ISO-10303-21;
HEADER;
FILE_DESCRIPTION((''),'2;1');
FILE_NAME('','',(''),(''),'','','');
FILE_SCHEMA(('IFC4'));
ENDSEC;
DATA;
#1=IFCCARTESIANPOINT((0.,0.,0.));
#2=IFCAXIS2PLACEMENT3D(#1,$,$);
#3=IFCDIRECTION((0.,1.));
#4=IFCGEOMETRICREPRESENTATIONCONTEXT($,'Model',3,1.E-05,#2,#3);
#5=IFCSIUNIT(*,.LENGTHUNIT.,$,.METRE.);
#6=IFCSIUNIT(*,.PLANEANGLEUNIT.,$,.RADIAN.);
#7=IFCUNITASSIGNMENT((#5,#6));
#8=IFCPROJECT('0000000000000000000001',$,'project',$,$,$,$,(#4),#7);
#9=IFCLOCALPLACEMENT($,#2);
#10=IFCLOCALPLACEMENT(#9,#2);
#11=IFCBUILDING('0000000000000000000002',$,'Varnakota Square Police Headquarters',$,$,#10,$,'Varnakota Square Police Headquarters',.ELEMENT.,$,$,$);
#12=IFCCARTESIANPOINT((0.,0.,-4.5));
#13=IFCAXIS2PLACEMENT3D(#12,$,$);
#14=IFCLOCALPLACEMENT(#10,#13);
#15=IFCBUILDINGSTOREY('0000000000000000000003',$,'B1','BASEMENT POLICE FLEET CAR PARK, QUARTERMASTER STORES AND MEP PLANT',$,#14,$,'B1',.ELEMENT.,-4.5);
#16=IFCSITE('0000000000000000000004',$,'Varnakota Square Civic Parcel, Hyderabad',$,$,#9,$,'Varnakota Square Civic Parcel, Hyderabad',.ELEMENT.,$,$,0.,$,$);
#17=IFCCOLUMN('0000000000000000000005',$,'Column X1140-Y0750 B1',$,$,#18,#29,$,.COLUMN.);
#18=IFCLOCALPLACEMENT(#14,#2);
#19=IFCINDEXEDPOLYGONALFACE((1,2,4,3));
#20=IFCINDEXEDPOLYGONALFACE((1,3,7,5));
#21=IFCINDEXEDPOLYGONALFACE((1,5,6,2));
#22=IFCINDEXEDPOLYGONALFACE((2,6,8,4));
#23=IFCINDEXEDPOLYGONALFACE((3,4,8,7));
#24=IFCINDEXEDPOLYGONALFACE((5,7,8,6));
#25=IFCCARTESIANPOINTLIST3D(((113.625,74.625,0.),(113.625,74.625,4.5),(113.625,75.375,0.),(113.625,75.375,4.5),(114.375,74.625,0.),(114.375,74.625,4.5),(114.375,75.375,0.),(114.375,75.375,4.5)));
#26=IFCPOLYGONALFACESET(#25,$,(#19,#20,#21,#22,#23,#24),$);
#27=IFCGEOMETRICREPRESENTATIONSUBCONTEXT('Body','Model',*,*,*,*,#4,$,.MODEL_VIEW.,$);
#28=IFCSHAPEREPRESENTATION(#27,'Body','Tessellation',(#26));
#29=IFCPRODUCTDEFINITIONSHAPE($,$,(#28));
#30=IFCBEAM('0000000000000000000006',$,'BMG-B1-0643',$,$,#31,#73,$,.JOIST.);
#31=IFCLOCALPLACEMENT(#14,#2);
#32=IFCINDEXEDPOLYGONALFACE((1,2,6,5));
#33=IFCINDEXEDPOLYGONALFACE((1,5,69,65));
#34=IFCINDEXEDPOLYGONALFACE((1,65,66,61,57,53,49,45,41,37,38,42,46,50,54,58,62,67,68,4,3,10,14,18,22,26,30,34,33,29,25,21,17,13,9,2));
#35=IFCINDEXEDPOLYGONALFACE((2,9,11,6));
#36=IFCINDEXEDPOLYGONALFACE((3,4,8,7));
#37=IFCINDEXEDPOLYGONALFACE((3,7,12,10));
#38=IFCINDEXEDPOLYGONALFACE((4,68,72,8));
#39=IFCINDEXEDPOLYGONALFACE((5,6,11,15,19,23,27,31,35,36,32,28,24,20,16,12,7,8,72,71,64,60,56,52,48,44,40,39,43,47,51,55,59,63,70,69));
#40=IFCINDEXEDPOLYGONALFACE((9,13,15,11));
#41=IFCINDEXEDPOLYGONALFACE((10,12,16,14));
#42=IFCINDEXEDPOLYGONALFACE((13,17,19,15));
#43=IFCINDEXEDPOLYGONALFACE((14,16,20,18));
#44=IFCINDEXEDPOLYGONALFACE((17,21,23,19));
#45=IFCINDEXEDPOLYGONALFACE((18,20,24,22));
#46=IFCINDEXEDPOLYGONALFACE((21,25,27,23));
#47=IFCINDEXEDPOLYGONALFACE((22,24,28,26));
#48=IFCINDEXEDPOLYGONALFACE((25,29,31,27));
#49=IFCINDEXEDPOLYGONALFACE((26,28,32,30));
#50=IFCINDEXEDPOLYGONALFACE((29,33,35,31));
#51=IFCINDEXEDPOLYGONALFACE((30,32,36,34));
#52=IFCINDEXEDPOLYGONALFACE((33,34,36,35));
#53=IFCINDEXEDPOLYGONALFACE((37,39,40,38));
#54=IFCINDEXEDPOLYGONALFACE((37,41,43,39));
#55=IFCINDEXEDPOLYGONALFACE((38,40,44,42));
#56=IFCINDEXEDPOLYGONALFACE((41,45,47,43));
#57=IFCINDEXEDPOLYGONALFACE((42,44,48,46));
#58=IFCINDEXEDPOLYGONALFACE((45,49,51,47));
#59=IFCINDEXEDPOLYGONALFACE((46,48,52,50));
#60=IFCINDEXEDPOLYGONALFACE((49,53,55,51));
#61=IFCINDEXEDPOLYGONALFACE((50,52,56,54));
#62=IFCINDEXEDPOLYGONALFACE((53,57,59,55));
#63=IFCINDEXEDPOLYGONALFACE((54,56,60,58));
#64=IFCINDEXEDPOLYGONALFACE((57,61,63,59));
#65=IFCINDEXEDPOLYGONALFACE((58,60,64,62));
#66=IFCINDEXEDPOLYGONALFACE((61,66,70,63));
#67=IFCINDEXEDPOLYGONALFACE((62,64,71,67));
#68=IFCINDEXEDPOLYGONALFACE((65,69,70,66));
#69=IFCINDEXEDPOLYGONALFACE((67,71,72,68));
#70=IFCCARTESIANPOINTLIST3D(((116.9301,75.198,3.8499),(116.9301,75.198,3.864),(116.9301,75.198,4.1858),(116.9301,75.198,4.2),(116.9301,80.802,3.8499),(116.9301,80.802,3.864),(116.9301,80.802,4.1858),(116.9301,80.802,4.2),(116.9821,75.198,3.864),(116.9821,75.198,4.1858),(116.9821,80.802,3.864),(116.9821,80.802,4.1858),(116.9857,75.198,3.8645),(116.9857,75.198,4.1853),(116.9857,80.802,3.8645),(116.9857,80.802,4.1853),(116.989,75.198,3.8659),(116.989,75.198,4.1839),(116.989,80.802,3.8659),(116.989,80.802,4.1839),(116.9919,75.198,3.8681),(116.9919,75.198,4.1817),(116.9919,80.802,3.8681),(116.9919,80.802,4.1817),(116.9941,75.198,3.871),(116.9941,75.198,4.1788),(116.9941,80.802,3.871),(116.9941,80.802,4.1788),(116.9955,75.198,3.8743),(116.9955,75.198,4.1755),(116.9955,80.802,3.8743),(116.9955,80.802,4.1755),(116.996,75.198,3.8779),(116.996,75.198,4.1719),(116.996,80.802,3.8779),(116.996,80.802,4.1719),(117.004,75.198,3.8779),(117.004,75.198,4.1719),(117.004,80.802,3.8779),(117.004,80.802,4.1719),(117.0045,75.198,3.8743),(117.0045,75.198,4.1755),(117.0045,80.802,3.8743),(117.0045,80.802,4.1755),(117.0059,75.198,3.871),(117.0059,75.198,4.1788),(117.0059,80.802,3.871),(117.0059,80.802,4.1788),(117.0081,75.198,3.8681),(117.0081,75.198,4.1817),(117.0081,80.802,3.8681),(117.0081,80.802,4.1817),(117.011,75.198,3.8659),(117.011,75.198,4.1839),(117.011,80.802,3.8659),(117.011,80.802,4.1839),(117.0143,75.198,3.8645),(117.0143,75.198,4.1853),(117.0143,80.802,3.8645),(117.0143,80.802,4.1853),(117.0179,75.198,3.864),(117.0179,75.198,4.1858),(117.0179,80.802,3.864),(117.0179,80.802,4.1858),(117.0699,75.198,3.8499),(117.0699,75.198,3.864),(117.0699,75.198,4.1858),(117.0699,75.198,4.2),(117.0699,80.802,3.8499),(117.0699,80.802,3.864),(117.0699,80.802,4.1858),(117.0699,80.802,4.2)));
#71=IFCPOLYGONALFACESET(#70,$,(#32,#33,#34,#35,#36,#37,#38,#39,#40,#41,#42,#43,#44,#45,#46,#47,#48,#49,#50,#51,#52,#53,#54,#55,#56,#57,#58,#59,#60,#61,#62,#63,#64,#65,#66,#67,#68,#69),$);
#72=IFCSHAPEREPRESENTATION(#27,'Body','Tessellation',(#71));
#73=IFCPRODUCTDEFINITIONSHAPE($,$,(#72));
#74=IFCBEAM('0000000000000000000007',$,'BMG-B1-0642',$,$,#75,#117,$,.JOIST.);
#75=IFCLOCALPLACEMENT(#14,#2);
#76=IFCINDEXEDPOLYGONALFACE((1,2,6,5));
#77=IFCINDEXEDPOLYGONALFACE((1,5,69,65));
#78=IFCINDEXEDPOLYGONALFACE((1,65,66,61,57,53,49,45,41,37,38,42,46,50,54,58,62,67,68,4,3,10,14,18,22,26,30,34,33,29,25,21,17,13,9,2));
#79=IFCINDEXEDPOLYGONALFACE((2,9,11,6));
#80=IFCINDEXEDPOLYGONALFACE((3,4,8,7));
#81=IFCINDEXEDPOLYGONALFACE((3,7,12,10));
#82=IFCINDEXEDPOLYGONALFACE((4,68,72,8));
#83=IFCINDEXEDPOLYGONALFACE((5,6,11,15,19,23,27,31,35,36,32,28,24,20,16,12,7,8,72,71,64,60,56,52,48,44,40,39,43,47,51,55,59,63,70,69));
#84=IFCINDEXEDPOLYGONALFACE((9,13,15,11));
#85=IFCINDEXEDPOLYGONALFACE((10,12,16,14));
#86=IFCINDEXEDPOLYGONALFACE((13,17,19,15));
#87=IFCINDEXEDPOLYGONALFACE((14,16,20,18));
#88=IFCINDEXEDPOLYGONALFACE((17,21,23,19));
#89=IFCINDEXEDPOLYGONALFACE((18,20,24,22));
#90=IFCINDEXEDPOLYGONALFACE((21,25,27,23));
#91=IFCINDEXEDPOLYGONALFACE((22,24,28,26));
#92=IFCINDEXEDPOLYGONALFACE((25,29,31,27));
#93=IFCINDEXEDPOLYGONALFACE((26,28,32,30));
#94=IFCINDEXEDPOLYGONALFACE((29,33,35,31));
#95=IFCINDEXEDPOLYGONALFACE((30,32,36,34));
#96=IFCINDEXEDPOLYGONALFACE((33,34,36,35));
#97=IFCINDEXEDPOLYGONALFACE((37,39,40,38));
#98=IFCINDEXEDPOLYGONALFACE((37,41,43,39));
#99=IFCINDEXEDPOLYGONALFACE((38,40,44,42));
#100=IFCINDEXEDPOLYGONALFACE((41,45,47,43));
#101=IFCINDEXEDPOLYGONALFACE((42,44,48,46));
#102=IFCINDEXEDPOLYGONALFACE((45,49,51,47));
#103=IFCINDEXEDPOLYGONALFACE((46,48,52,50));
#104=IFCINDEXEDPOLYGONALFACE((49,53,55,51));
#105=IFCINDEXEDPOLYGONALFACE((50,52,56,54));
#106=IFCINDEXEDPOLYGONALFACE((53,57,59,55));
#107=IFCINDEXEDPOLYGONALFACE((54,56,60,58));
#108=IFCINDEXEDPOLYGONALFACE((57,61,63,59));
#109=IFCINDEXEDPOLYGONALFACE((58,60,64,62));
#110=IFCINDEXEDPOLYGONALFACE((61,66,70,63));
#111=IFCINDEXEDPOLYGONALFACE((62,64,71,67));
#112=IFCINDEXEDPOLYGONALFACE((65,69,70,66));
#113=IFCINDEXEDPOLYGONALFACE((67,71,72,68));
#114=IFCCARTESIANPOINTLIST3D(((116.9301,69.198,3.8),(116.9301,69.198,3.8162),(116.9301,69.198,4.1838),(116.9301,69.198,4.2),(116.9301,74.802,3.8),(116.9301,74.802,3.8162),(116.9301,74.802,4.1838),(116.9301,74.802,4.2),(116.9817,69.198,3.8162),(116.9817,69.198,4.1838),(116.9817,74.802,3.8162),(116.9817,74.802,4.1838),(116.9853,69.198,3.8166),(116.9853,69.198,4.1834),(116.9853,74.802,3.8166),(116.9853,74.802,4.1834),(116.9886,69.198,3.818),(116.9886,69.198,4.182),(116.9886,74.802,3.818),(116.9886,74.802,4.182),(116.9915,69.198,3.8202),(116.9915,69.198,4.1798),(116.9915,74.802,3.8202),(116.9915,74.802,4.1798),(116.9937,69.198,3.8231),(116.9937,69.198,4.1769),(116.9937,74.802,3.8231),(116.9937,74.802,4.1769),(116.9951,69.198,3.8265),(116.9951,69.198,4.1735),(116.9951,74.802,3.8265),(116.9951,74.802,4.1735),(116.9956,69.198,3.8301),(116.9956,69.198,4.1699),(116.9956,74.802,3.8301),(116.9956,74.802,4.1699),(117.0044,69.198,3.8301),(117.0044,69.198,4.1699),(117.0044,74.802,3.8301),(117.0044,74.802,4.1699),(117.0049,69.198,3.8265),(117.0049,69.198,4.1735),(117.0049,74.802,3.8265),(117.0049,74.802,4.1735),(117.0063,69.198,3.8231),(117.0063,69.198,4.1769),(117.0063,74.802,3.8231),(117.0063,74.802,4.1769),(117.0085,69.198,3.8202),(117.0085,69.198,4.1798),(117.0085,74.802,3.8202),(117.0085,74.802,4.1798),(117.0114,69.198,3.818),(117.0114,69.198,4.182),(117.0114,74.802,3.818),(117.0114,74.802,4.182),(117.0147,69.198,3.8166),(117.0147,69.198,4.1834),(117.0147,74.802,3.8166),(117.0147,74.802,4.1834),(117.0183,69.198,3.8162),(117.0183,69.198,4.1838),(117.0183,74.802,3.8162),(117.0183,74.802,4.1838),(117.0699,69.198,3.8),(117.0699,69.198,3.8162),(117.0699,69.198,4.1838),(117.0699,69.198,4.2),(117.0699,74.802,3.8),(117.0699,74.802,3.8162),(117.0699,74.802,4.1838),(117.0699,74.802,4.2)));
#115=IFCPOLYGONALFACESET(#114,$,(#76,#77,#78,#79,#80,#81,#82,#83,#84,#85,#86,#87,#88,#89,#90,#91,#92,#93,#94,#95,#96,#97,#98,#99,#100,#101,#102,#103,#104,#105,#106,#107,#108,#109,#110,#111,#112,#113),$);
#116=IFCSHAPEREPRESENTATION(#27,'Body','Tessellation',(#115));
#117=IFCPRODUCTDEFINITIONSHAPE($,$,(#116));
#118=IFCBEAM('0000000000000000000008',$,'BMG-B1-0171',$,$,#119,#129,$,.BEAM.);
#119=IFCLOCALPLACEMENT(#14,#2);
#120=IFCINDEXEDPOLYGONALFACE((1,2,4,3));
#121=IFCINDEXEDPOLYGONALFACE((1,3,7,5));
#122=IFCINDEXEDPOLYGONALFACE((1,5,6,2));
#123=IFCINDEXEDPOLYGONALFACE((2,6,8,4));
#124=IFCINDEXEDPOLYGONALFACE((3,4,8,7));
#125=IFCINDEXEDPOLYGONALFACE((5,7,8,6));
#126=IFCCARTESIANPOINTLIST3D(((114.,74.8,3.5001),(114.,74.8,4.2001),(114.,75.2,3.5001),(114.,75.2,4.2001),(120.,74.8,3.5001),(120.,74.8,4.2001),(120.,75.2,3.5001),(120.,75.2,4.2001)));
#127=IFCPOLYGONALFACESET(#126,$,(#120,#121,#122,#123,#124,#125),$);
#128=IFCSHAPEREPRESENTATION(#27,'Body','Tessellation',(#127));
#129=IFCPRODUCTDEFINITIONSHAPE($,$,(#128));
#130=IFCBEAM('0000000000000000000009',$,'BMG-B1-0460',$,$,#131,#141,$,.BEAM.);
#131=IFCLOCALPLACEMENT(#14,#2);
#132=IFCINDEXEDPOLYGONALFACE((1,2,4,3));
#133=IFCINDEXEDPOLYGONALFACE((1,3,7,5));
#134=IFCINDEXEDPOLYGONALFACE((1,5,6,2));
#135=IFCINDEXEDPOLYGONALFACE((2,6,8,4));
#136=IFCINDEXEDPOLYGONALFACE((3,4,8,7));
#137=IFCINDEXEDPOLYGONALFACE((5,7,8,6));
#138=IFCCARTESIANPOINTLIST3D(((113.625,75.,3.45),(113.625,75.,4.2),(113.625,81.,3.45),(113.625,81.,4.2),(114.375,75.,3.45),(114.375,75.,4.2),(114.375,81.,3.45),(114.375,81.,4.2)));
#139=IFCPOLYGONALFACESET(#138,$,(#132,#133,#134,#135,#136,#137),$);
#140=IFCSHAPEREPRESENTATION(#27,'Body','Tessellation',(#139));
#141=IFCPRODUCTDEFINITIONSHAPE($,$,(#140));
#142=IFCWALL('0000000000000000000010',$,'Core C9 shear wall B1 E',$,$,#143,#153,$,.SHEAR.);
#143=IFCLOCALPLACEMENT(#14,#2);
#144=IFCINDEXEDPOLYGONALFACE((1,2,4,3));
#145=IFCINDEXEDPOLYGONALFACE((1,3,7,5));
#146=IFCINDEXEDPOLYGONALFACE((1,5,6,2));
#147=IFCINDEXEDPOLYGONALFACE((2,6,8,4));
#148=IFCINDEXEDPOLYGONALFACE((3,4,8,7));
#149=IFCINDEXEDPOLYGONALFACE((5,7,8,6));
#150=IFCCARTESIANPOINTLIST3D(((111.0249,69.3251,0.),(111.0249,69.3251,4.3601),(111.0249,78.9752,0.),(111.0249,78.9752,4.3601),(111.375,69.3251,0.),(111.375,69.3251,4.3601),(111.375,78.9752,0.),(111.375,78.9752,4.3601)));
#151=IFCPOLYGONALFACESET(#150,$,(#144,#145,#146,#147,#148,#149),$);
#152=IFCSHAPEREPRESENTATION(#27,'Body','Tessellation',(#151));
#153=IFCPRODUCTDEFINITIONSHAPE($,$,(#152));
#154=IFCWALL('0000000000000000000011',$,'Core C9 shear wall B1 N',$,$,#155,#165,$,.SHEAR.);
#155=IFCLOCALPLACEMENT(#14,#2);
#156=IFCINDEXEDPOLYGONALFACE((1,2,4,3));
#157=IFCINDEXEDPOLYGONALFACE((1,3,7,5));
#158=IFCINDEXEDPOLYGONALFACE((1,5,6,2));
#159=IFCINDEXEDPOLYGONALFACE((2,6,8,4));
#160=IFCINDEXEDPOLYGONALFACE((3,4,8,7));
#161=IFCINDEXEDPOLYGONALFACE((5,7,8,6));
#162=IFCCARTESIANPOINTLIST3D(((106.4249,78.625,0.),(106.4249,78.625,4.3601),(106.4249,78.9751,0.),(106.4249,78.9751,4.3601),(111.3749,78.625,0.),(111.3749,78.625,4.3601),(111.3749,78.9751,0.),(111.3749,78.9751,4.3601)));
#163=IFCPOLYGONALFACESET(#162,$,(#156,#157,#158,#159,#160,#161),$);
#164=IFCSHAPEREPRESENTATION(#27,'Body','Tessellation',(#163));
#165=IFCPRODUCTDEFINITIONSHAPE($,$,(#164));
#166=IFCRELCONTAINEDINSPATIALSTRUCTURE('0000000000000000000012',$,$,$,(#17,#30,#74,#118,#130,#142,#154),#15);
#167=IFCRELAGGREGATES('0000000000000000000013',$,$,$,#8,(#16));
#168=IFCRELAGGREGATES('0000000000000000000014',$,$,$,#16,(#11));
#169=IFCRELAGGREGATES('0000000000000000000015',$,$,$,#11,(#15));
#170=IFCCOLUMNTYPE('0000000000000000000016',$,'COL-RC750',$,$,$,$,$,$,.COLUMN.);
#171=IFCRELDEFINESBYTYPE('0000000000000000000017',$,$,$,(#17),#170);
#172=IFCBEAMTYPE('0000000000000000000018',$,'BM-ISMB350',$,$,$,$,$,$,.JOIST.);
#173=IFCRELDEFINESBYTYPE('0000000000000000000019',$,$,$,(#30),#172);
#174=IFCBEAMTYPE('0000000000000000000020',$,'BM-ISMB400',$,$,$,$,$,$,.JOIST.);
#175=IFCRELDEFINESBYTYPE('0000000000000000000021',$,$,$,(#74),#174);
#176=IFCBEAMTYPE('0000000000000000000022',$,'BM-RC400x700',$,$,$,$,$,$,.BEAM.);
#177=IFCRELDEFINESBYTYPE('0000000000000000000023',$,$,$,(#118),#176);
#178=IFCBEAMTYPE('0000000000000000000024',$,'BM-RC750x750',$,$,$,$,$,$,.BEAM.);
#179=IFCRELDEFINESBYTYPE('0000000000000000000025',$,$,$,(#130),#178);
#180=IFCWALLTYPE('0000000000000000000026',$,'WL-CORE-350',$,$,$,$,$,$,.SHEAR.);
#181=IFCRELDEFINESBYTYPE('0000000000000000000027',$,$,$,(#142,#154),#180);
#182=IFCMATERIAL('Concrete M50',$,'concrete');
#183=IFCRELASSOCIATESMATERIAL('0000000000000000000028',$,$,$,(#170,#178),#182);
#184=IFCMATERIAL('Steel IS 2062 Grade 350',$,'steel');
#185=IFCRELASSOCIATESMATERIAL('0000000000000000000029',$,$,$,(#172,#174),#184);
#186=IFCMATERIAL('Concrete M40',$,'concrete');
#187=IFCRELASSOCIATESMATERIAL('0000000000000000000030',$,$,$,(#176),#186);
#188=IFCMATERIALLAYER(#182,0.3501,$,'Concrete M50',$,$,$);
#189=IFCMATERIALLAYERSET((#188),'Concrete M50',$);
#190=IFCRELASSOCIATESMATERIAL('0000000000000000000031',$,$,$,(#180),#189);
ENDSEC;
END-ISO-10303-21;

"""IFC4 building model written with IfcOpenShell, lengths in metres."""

from ifc_helpers import new_model, si_unit, direction, frame, frame_2d, origin, origin_2d, place, context, subcontext, project, spatial, rectangle, i_section, extrude, material, layer, layer_set, material_profile, profile_set, type_object, element, save


model = new_model("IFC4")

# Units and contexts
model_context = context("Model", 3, precision=1e-05, world=origin(), true_north=direction((0.0, 1.0)))
body_context = subcontext(model_context, "Body", "Model", "MODEL_VIEW")
ifc_project = project(units=[si_unit("LENGTHUNIT", "METRE"), si_unit("PLANEANGLEUNIT", "RADIAN")], contexts=[model_context])

# Site, building, storey
site_placement = place(None, origin())
site = spatial("IfcSite", under=ifc_project, at=site_placement, Name="Varnakota Square Civic Parcel, Hyderabad", LongName="Varnakota Square Civic Parcel, Hyderabad", CompositionType="ELEMENT", RefElevation=0.0)
building_placement = place(site_placement, origin())
building = spatial("IfcBuilding", under=site, at=building_placement, Name="Varnakota Square Police Headquarters", LongName="Varnakota Square Police Headquarters", CompositionType="ELEMENT")
storey_placement = place(building_placement, frame((0.0, 0.0, -4.5)))
storey = spatial("IfcBuildingStorey", under=building, at=storey_placement, Name="B1", Description="BASEMENT POLICE FLEET CAR PARK, QUARTERMASTER STORES AND MEP PLANT", LongName="B1", CompositionType="ELEMENT", Elevation=-4.5)

# Shared definitions
ifc_material_1 = material(Name="Concrete M40", Category="concrete")

# Column
ifc_material_2 = material(Name="Concrete M50", Category="concrete")
ifc_material_profile_1 = material_profile(ifc_material_2, rectangle(XDim=0.75, YDim=0.75, at=origin_2d()), Name="RC 750x750")
ifc_profile_set_1 = profile_set([ifc_material_profile_1], Name="Concrete M50")
column_type = type_object("IfcColumnType", Name="COL-RC750", PredefinedType="COLUMN", material=ifc_profile_set_1)
column_placement = place(storey_placement, frame((114.0, 75.0, 0.0), z_axis=(0.0, 0.0, 1.0), x_axis=(1.0, 0.0, 0.0)))
element("IfcColumn", 1, at=column_placement, inside=storey, type_object=column_type, Name="Column X1140-Y0750 B1", PredefinedType="COLUMN", context=body_context, shape_type="SweptSolid", body=[
    extrude(rectangle(XDim=0.75, YDim=0.75, at=origin_2d()), origin(), (0.0, 0.0, 1.0), 4.5),
])

# Beams
ifc_material_3 = material(Name="Steel IS 2062 Grade 350", Category="steel")
ifc_material_profile_2 = material_profile(ifc_material_3, i_section(OverallWidth=0.1399, OverallDepth=0.3501, WebThickness=0.0081, FlangeThickness=0.0142, FilletRadius=0.0139, at=origin_2d()), Name="ISMB 350")
ifc_profile_set_2 = profile_set([ifc_material_profile_2], Name="Steel IS 2062 Grade 350")
beam_type_1 = type_object("IfcBeamType", Name="BM-ISMB350", PredefinedType="JOIST", material=ifc_profile_set_2)
beam_1_placement = place(storey_placement, frame((117.0, 75.198, 4.0249), z_axis=(0.0, 1.0, 0.0), x_axis=(-1.0, 0.0, 0.0)))
element("IfcBeam", 2, at=beam_1_placement, inside=storey, type_object=beam_type_1, Name="BMG-B1-0643", PredefinedType="JOIST", context=body_context, shape_type="SweptSolid", body=[
    extrude(i_section(OverallWidth=0.1399, OverallDepth=0.3501, WebThickness=0.0081, FlangeThickness=0.0142, FilletRadius=0.0139, at=origin_2d()), origin(), (0.0, 0.0, 1.0), 5.604),
])
ifc_material_profile_3 = material_profile(ifc_material_3, i_section(OverallWidth=0.1399, OverallDepth=0.3999, WebThickness=0.0088, FlangeThickness=0.0161, FilletRadius=0.0139, at=origin_2d()), Name="ISMB 400")
ifc_profile_set_3 = profile_set([ifc_material_profile_3], Name="Steel IS 2062 Grade 350")
beam_type_2 = type_object("IfcBeamType", Name="BM-ISMB400", PredefinedType="JOIST", material=ifc_profile_set_3)
beam_2_placement = place(storey_placement, frame((117.0, 69.198, 4.0), z_axis=(0.0, 1.0, 0.0), x_axis=(-1.0, 0.0, 0.0)))
element("IfcBeam", 3, at=beam_2_placement, inside=storey, type_object=beam_type_2, Name="BMG-B1-0642", PredefinedType="JOIST", context=body_context, shape_type="SweptSolid", body=[
    extrude(i_section(OverallWidth=0.1399, OverallDepth=0.3999, WebThickness=0.0088, FlangeThickness=0.0161, FilletRadius=0.0139, at=origin_2d()), origin(), (0.0, 0.0, 1.0), 5.604),
])
ifc_material_profile_4 = material_profile(ifc_material_1, rectangle(XDim=0.3999, YDim=0.7, at=origin_2d()), Name="RC 400x700")
ifc_profile_set_4 = profile_set([ifc_material_profile_4], Name="Concrete M40")
beam_type_3 = type_object("IfcBeamType", Name="BM-RC400x700", PredefinedType="BEAM", material=ifc_profile_set_4)
beam_3_placement = place(storey_placement, frame((114.0, 75.0, 3.8501), z_axis=(1.0, 0.0, 0.0), x_axis=(0.0, 1.0, 0.0)))
element("IfcBeam", 4, at=beam_3_placement, inside=storey, type_object=beam_type_3, Name="BMG-B1-0171", PredefinedType="BEAM", context=body_context, shape_type="SweptSolid", body=[
    extrude(rectangle(XDim=0.3999, YDim=0.7, at=origin_2d()), origin(), (0.0, 0.0, 1.0), 6.0),
])
ifc_material_profile_5 = material_profile(ifc_material_2, rectangle(XDim=0.75, YDim=0.75, at=origin_2d()), Name="RC 750x750")
ifc_profile_set_5 = profile_set([ifc_material_profile_5], Name="Concrete M50")
beam_type_4 = type_object("IfcBeamType", Name="BM-RC750x750", PredefinedType="BEAM", material=ifc_profile_set_5)
beam_4_placement = place(storey_placement, frame((114.0, 75.0, 3.825), z_axis=(0.0, 1.0, 0.0), x_axis=(-1.0, 0.0, 0.0)))
element("IfcBeam", 5, at=beam_4_placement, inside=storey, type_object=beam_type_4, Name="BMG-B1-0460", PredefinedType="BEAM", context=body_context, shape_type="SweptSolid", body=[
    extrude(rectangle(XDim=0.75, YDim=0.75, at=origin_2d()), origin(), (0.0, 0.0, 1.0), 6.0),
])

# Walls
ifc_layer = layer(ifc_material_2, 0.3501, Name="Concrete M50")
ifc_layer_set = layer_set([ifc_layer], Name="Concrete M50")
wall_type = type_object("IfcWallType", Name="WL-CORE-350", PredefinedType="SHEAR", material=ifc_layer_set)
wall_1_placement = place(storey_placement, frame((111.2, 69.325, 0.0), z_axis=(0.0, 0.0, 1.0), x_axis=(0.0, 1.0, 0.0)))
element("IfcWall", 6, at=wall_1_placement, inside=storey, type_object=wall_type, Name="Core C9 shear wall B1 E", PredefinedType="SHEAR", context=body_context, shape_type="SweptSolid", body=[
    extrude(rectangle(XDim=9.6501, YDim=0.3501, at=frame_2d((4.8252, 0.0))), origin(), (0.0, 0.0, 1.0), 4.3601),
])
wall_2_placement = place(storey_placement, frame((111.375, 78.8, 0.0), z_axis=(0.0, 0.0, 1.0), x_axis=(-1.0, 0.0, 0.0)))
element("IfcWall", 7, at=wall_2_placement, inside=storey, type_object=wall_type, Name="Core C9 shear wall B1 N", PredefinedType="SHEAR", context=body_context, shape_type="SweptSolid", body=[
    extrude(rectangle(XDim=4.95, YDim=0.3501, at=frame_2d((2.4751, 0.0))), origin(), (0.0, 0.0, 1.0), 4.3601),
])

save(model, "model.ifc")
